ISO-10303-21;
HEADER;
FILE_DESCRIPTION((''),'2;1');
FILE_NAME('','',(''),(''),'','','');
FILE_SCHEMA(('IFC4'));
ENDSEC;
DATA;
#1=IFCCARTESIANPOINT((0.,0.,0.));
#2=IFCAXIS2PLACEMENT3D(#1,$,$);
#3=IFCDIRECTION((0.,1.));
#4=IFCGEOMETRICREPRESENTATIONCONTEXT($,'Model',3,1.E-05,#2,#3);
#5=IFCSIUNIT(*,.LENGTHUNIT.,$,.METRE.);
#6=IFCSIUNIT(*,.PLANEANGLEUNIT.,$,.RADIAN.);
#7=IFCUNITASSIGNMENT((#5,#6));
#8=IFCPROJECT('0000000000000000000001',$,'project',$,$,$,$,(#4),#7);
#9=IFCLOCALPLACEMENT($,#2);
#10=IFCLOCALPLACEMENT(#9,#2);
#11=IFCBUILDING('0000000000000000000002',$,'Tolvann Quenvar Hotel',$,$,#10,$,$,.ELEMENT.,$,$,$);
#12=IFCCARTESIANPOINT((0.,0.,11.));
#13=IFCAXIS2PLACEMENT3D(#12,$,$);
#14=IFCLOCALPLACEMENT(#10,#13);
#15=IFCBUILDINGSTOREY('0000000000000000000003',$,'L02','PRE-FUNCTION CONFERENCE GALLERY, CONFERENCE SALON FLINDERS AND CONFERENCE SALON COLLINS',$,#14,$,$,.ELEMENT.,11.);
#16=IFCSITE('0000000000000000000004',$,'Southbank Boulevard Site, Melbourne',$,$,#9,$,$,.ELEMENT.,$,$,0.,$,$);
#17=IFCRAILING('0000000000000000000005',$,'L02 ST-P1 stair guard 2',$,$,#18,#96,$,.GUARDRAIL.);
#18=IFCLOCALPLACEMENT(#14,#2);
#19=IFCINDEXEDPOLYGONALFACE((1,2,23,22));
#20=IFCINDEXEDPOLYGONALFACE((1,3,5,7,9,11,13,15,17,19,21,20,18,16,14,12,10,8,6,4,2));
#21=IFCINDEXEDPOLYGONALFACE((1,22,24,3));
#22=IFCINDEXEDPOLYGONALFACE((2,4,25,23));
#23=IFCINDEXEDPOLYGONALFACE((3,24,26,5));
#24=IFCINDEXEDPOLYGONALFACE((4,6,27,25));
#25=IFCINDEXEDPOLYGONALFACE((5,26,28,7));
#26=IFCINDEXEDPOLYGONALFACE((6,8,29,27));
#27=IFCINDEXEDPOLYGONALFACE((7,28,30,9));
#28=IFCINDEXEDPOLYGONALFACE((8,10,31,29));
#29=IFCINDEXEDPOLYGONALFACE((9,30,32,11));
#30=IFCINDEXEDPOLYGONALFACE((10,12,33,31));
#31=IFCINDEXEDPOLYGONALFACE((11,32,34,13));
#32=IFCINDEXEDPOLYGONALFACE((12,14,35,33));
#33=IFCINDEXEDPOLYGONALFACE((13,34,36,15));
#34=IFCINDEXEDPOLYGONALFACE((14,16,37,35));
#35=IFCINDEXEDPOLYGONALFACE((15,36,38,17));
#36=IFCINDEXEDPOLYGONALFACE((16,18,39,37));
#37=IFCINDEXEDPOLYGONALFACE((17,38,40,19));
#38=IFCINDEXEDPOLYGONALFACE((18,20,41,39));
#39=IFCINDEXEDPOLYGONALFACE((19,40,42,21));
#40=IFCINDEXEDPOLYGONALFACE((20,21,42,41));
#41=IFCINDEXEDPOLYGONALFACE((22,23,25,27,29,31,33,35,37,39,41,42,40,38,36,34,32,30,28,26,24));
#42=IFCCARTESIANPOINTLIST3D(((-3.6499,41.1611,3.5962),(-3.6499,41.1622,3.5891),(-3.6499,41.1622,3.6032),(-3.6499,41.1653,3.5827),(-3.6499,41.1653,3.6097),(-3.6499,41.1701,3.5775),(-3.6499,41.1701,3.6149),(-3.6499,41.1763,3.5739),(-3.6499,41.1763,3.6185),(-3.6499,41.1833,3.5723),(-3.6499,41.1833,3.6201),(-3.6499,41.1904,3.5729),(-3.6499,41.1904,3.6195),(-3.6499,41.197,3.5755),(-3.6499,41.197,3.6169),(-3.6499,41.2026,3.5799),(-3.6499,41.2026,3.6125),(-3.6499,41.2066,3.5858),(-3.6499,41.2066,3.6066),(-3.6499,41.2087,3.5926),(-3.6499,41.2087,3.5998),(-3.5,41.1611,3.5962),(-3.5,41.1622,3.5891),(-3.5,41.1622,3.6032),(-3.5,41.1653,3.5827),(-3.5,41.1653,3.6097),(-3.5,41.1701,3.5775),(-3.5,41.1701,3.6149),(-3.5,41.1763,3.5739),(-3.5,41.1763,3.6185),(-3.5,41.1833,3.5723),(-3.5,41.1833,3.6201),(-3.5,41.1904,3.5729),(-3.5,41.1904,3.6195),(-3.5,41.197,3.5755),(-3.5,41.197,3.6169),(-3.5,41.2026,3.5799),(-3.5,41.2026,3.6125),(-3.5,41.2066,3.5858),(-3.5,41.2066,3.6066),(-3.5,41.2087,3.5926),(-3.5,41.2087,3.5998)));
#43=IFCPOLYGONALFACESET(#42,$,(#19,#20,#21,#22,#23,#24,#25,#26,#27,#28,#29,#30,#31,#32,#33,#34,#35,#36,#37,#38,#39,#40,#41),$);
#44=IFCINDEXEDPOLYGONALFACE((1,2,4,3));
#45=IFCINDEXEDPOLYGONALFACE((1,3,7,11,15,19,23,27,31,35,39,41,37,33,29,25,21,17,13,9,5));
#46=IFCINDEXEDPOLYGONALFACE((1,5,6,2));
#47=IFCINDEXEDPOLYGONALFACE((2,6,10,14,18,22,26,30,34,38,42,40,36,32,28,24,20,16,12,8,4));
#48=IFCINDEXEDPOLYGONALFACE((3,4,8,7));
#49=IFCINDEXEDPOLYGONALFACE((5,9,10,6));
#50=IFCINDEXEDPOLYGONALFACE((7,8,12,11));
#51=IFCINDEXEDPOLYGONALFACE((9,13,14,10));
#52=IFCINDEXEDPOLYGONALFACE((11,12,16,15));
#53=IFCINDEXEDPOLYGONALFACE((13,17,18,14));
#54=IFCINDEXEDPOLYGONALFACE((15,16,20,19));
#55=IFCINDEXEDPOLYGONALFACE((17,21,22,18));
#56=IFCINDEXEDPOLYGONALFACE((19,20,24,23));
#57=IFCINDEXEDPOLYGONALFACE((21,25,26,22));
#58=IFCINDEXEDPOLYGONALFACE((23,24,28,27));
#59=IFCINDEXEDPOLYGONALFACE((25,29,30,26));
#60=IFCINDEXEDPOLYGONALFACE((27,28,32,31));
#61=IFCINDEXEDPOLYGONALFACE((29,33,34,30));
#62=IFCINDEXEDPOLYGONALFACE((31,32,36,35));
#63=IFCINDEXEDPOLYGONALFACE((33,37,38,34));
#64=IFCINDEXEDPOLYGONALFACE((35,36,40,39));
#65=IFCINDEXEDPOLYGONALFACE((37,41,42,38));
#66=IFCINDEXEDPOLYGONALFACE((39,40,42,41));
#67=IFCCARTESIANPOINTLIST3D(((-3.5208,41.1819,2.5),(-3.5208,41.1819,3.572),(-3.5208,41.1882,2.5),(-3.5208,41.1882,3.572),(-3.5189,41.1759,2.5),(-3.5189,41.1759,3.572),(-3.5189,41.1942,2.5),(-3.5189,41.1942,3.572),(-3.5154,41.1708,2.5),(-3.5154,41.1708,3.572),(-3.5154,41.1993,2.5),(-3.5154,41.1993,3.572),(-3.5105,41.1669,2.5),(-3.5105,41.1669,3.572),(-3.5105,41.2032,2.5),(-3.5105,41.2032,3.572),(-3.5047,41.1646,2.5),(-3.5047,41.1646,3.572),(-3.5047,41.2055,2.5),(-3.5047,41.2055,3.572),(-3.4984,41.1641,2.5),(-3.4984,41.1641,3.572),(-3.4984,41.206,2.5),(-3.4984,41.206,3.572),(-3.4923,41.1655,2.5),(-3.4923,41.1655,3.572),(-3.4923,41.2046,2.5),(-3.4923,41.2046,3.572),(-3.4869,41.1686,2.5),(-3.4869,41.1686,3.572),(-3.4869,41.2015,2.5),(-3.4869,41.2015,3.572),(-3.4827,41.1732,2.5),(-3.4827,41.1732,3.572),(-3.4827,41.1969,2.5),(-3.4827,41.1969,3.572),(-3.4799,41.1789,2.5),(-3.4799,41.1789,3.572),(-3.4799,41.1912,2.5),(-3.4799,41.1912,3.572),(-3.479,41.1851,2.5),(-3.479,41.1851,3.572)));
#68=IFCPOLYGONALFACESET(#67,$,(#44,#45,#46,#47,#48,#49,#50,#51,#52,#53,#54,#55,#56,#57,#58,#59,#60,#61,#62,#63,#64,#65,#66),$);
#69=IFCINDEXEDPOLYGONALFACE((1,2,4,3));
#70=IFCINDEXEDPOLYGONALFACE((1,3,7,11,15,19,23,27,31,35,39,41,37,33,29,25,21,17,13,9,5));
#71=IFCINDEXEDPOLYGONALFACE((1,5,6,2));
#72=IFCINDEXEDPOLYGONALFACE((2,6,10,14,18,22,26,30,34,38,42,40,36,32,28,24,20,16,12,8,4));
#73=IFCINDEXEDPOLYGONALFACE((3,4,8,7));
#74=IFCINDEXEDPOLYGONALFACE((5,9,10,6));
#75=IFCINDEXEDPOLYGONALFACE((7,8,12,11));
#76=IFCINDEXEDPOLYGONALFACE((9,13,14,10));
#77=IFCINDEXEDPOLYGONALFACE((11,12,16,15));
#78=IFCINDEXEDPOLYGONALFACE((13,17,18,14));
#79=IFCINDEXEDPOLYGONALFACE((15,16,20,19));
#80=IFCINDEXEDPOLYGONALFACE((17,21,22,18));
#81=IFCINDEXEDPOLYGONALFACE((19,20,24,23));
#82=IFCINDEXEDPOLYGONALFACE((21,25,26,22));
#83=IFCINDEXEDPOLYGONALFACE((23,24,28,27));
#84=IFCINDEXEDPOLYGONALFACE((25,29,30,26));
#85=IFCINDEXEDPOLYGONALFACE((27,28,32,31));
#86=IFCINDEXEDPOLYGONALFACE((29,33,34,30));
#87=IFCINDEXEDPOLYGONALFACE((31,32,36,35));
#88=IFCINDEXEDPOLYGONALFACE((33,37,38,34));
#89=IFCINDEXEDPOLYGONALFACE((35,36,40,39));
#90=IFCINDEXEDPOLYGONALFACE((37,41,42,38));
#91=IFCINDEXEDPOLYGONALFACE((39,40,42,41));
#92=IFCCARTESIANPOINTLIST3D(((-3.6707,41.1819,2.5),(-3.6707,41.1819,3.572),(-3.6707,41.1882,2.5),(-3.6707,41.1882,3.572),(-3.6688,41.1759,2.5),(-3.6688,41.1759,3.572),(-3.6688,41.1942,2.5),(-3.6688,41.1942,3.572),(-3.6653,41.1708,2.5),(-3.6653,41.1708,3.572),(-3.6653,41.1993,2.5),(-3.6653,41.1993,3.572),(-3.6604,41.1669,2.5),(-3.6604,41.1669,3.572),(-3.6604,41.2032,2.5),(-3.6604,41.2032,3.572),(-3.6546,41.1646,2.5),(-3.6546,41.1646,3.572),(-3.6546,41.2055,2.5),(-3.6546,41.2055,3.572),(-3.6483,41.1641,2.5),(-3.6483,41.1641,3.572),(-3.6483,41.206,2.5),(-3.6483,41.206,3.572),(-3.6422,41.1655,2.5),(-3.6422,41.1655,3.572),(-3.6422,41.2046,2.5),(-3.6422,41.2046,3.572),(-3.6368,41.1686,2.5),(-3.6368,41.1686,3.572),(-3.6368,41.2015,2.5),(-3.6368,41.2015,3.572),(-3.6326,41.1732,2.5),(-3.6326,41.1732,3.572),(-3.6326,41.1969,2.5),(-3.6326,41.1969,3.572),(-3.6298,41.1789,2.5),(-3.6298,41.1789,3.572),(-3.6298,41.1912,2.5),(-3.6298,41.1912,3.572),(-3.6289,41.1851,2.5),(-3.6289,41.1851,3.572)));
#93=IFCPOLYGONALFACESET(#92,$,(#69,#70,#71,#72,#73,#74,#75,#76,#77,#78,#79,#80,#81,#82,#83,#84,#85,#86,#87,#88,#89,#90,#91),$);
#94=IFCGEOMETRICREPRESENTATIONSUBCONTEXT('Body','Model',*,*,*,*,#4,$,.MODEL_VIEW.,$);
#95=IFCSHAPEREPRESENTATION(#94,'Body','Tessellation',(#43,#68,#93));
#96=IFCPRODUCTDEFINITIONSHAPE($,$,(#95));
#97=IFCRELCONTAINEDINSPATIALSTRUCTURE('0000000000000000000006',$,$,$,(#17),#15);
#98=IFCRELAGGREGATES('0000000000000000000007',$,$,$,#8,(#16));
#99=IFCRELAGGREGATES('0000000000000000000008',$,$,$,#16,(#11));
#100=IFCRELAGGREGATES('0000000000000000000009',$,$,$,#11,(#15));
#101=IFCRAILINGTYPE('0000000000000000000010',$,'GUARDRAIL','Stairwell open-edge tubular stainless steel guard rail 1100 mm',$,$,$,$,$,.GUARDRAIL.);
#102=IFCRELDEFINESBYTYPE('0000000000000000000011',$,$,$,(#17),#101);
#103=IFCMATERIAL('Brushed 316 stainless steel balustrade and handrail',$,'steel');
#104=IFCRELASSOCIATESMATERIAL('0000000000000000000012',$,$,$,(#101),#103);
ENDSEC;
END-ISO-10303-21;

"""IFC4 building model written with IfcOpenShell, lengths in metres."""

from ifc_helpers import new_model, si_unit, direction, frame, origin, origin_2d, place, context, subcontext, project, spatial, circle, extrude, material, type_object, element, save


model = new_model("IFC4")

# Units and contexts
model_context = context("Model", 3, precision=1e-05, world=origin(), true_north=direction((0.0, 1.0)))
body_context = subcontext(model_context, "Body", "Model", "MODEL_VIEW")
ifc_project = project(units=[si_unit("LENGTHUNIT", "METRE"), si_unit("PLANEANGLEUNIT", "RADIAN")], contexts=[model_context])

# Site, building, storey
site_placement = place(None, origin())
site = spatial("IfcSite", under=ifc_project, at=site_placement, Name="Southbank Boulevard Site, Melbourne", CompositionType="ELEMENT", RefElevation=0.0)
building_placement = place(site_placement, origin())
building = spatial("IfcBuilding", under=site, at=building_placement, Name="Tolvann Quenvar Hotel", CompositionType="ELEMENT")
storey_placement = place(building_placement, frame((0.0, 0.0, 11.0)))
storey = spatial("IfcBuildingStorey", under=building, at=storey_placement, Name="L02", Description="PRE-FUNCTION CONFERENCE GALLERY, CONFERENCE SALON FLINDERS AND CONFERENCE SALON COLLINS", CompositionType="ELEMENT", Elevation=11.0)

# Railing
ifc_material_1 = material(Name="Brushed 316 stainless steel balustrade and handrail", Category="steel")
railing_type_1 = type_object("IfcRailingType", Name="GUARDRAIL", Description="Stairwell open-edge tubular stainless steel guard rail 1100 mm", PredefinedType="GUARDRAIL", material=ifc_material_1)
railing_1_placement = place(storey_placement, frame((-3.5, 41.1851, 2.5)))
element("IfcRailing", 1, at=railing_1_placement, inside=storey, type_object=railing_type_1, Name="L02 ST-P1 stair guard 2", PredefinedType="GUARDRAIL", context=body_context, shape_type="SweptSolid", body=[
    extrude(circle(Radius=0.0239, at=origin_2d()), frame((0.0, 0.0, 1.0962), z_axis=(-1.0, 0.0, 0.0), x_axis=(0.0, -1.0, 0.0)), (0.0, 0.0, 1.0), 0.1499),
    extrude(circle(Radius=0.021, at=origin_2d()), origin(), (0.0, 0.0, 1.0), 1.072),
    extrude(circle(Radius=0.021, at=origin_2d()), frame((-0.1499, 0.0, 0.0)), (0.0, 0.0, 1.0), 1.072),
])

save(model, "model.ifc")
